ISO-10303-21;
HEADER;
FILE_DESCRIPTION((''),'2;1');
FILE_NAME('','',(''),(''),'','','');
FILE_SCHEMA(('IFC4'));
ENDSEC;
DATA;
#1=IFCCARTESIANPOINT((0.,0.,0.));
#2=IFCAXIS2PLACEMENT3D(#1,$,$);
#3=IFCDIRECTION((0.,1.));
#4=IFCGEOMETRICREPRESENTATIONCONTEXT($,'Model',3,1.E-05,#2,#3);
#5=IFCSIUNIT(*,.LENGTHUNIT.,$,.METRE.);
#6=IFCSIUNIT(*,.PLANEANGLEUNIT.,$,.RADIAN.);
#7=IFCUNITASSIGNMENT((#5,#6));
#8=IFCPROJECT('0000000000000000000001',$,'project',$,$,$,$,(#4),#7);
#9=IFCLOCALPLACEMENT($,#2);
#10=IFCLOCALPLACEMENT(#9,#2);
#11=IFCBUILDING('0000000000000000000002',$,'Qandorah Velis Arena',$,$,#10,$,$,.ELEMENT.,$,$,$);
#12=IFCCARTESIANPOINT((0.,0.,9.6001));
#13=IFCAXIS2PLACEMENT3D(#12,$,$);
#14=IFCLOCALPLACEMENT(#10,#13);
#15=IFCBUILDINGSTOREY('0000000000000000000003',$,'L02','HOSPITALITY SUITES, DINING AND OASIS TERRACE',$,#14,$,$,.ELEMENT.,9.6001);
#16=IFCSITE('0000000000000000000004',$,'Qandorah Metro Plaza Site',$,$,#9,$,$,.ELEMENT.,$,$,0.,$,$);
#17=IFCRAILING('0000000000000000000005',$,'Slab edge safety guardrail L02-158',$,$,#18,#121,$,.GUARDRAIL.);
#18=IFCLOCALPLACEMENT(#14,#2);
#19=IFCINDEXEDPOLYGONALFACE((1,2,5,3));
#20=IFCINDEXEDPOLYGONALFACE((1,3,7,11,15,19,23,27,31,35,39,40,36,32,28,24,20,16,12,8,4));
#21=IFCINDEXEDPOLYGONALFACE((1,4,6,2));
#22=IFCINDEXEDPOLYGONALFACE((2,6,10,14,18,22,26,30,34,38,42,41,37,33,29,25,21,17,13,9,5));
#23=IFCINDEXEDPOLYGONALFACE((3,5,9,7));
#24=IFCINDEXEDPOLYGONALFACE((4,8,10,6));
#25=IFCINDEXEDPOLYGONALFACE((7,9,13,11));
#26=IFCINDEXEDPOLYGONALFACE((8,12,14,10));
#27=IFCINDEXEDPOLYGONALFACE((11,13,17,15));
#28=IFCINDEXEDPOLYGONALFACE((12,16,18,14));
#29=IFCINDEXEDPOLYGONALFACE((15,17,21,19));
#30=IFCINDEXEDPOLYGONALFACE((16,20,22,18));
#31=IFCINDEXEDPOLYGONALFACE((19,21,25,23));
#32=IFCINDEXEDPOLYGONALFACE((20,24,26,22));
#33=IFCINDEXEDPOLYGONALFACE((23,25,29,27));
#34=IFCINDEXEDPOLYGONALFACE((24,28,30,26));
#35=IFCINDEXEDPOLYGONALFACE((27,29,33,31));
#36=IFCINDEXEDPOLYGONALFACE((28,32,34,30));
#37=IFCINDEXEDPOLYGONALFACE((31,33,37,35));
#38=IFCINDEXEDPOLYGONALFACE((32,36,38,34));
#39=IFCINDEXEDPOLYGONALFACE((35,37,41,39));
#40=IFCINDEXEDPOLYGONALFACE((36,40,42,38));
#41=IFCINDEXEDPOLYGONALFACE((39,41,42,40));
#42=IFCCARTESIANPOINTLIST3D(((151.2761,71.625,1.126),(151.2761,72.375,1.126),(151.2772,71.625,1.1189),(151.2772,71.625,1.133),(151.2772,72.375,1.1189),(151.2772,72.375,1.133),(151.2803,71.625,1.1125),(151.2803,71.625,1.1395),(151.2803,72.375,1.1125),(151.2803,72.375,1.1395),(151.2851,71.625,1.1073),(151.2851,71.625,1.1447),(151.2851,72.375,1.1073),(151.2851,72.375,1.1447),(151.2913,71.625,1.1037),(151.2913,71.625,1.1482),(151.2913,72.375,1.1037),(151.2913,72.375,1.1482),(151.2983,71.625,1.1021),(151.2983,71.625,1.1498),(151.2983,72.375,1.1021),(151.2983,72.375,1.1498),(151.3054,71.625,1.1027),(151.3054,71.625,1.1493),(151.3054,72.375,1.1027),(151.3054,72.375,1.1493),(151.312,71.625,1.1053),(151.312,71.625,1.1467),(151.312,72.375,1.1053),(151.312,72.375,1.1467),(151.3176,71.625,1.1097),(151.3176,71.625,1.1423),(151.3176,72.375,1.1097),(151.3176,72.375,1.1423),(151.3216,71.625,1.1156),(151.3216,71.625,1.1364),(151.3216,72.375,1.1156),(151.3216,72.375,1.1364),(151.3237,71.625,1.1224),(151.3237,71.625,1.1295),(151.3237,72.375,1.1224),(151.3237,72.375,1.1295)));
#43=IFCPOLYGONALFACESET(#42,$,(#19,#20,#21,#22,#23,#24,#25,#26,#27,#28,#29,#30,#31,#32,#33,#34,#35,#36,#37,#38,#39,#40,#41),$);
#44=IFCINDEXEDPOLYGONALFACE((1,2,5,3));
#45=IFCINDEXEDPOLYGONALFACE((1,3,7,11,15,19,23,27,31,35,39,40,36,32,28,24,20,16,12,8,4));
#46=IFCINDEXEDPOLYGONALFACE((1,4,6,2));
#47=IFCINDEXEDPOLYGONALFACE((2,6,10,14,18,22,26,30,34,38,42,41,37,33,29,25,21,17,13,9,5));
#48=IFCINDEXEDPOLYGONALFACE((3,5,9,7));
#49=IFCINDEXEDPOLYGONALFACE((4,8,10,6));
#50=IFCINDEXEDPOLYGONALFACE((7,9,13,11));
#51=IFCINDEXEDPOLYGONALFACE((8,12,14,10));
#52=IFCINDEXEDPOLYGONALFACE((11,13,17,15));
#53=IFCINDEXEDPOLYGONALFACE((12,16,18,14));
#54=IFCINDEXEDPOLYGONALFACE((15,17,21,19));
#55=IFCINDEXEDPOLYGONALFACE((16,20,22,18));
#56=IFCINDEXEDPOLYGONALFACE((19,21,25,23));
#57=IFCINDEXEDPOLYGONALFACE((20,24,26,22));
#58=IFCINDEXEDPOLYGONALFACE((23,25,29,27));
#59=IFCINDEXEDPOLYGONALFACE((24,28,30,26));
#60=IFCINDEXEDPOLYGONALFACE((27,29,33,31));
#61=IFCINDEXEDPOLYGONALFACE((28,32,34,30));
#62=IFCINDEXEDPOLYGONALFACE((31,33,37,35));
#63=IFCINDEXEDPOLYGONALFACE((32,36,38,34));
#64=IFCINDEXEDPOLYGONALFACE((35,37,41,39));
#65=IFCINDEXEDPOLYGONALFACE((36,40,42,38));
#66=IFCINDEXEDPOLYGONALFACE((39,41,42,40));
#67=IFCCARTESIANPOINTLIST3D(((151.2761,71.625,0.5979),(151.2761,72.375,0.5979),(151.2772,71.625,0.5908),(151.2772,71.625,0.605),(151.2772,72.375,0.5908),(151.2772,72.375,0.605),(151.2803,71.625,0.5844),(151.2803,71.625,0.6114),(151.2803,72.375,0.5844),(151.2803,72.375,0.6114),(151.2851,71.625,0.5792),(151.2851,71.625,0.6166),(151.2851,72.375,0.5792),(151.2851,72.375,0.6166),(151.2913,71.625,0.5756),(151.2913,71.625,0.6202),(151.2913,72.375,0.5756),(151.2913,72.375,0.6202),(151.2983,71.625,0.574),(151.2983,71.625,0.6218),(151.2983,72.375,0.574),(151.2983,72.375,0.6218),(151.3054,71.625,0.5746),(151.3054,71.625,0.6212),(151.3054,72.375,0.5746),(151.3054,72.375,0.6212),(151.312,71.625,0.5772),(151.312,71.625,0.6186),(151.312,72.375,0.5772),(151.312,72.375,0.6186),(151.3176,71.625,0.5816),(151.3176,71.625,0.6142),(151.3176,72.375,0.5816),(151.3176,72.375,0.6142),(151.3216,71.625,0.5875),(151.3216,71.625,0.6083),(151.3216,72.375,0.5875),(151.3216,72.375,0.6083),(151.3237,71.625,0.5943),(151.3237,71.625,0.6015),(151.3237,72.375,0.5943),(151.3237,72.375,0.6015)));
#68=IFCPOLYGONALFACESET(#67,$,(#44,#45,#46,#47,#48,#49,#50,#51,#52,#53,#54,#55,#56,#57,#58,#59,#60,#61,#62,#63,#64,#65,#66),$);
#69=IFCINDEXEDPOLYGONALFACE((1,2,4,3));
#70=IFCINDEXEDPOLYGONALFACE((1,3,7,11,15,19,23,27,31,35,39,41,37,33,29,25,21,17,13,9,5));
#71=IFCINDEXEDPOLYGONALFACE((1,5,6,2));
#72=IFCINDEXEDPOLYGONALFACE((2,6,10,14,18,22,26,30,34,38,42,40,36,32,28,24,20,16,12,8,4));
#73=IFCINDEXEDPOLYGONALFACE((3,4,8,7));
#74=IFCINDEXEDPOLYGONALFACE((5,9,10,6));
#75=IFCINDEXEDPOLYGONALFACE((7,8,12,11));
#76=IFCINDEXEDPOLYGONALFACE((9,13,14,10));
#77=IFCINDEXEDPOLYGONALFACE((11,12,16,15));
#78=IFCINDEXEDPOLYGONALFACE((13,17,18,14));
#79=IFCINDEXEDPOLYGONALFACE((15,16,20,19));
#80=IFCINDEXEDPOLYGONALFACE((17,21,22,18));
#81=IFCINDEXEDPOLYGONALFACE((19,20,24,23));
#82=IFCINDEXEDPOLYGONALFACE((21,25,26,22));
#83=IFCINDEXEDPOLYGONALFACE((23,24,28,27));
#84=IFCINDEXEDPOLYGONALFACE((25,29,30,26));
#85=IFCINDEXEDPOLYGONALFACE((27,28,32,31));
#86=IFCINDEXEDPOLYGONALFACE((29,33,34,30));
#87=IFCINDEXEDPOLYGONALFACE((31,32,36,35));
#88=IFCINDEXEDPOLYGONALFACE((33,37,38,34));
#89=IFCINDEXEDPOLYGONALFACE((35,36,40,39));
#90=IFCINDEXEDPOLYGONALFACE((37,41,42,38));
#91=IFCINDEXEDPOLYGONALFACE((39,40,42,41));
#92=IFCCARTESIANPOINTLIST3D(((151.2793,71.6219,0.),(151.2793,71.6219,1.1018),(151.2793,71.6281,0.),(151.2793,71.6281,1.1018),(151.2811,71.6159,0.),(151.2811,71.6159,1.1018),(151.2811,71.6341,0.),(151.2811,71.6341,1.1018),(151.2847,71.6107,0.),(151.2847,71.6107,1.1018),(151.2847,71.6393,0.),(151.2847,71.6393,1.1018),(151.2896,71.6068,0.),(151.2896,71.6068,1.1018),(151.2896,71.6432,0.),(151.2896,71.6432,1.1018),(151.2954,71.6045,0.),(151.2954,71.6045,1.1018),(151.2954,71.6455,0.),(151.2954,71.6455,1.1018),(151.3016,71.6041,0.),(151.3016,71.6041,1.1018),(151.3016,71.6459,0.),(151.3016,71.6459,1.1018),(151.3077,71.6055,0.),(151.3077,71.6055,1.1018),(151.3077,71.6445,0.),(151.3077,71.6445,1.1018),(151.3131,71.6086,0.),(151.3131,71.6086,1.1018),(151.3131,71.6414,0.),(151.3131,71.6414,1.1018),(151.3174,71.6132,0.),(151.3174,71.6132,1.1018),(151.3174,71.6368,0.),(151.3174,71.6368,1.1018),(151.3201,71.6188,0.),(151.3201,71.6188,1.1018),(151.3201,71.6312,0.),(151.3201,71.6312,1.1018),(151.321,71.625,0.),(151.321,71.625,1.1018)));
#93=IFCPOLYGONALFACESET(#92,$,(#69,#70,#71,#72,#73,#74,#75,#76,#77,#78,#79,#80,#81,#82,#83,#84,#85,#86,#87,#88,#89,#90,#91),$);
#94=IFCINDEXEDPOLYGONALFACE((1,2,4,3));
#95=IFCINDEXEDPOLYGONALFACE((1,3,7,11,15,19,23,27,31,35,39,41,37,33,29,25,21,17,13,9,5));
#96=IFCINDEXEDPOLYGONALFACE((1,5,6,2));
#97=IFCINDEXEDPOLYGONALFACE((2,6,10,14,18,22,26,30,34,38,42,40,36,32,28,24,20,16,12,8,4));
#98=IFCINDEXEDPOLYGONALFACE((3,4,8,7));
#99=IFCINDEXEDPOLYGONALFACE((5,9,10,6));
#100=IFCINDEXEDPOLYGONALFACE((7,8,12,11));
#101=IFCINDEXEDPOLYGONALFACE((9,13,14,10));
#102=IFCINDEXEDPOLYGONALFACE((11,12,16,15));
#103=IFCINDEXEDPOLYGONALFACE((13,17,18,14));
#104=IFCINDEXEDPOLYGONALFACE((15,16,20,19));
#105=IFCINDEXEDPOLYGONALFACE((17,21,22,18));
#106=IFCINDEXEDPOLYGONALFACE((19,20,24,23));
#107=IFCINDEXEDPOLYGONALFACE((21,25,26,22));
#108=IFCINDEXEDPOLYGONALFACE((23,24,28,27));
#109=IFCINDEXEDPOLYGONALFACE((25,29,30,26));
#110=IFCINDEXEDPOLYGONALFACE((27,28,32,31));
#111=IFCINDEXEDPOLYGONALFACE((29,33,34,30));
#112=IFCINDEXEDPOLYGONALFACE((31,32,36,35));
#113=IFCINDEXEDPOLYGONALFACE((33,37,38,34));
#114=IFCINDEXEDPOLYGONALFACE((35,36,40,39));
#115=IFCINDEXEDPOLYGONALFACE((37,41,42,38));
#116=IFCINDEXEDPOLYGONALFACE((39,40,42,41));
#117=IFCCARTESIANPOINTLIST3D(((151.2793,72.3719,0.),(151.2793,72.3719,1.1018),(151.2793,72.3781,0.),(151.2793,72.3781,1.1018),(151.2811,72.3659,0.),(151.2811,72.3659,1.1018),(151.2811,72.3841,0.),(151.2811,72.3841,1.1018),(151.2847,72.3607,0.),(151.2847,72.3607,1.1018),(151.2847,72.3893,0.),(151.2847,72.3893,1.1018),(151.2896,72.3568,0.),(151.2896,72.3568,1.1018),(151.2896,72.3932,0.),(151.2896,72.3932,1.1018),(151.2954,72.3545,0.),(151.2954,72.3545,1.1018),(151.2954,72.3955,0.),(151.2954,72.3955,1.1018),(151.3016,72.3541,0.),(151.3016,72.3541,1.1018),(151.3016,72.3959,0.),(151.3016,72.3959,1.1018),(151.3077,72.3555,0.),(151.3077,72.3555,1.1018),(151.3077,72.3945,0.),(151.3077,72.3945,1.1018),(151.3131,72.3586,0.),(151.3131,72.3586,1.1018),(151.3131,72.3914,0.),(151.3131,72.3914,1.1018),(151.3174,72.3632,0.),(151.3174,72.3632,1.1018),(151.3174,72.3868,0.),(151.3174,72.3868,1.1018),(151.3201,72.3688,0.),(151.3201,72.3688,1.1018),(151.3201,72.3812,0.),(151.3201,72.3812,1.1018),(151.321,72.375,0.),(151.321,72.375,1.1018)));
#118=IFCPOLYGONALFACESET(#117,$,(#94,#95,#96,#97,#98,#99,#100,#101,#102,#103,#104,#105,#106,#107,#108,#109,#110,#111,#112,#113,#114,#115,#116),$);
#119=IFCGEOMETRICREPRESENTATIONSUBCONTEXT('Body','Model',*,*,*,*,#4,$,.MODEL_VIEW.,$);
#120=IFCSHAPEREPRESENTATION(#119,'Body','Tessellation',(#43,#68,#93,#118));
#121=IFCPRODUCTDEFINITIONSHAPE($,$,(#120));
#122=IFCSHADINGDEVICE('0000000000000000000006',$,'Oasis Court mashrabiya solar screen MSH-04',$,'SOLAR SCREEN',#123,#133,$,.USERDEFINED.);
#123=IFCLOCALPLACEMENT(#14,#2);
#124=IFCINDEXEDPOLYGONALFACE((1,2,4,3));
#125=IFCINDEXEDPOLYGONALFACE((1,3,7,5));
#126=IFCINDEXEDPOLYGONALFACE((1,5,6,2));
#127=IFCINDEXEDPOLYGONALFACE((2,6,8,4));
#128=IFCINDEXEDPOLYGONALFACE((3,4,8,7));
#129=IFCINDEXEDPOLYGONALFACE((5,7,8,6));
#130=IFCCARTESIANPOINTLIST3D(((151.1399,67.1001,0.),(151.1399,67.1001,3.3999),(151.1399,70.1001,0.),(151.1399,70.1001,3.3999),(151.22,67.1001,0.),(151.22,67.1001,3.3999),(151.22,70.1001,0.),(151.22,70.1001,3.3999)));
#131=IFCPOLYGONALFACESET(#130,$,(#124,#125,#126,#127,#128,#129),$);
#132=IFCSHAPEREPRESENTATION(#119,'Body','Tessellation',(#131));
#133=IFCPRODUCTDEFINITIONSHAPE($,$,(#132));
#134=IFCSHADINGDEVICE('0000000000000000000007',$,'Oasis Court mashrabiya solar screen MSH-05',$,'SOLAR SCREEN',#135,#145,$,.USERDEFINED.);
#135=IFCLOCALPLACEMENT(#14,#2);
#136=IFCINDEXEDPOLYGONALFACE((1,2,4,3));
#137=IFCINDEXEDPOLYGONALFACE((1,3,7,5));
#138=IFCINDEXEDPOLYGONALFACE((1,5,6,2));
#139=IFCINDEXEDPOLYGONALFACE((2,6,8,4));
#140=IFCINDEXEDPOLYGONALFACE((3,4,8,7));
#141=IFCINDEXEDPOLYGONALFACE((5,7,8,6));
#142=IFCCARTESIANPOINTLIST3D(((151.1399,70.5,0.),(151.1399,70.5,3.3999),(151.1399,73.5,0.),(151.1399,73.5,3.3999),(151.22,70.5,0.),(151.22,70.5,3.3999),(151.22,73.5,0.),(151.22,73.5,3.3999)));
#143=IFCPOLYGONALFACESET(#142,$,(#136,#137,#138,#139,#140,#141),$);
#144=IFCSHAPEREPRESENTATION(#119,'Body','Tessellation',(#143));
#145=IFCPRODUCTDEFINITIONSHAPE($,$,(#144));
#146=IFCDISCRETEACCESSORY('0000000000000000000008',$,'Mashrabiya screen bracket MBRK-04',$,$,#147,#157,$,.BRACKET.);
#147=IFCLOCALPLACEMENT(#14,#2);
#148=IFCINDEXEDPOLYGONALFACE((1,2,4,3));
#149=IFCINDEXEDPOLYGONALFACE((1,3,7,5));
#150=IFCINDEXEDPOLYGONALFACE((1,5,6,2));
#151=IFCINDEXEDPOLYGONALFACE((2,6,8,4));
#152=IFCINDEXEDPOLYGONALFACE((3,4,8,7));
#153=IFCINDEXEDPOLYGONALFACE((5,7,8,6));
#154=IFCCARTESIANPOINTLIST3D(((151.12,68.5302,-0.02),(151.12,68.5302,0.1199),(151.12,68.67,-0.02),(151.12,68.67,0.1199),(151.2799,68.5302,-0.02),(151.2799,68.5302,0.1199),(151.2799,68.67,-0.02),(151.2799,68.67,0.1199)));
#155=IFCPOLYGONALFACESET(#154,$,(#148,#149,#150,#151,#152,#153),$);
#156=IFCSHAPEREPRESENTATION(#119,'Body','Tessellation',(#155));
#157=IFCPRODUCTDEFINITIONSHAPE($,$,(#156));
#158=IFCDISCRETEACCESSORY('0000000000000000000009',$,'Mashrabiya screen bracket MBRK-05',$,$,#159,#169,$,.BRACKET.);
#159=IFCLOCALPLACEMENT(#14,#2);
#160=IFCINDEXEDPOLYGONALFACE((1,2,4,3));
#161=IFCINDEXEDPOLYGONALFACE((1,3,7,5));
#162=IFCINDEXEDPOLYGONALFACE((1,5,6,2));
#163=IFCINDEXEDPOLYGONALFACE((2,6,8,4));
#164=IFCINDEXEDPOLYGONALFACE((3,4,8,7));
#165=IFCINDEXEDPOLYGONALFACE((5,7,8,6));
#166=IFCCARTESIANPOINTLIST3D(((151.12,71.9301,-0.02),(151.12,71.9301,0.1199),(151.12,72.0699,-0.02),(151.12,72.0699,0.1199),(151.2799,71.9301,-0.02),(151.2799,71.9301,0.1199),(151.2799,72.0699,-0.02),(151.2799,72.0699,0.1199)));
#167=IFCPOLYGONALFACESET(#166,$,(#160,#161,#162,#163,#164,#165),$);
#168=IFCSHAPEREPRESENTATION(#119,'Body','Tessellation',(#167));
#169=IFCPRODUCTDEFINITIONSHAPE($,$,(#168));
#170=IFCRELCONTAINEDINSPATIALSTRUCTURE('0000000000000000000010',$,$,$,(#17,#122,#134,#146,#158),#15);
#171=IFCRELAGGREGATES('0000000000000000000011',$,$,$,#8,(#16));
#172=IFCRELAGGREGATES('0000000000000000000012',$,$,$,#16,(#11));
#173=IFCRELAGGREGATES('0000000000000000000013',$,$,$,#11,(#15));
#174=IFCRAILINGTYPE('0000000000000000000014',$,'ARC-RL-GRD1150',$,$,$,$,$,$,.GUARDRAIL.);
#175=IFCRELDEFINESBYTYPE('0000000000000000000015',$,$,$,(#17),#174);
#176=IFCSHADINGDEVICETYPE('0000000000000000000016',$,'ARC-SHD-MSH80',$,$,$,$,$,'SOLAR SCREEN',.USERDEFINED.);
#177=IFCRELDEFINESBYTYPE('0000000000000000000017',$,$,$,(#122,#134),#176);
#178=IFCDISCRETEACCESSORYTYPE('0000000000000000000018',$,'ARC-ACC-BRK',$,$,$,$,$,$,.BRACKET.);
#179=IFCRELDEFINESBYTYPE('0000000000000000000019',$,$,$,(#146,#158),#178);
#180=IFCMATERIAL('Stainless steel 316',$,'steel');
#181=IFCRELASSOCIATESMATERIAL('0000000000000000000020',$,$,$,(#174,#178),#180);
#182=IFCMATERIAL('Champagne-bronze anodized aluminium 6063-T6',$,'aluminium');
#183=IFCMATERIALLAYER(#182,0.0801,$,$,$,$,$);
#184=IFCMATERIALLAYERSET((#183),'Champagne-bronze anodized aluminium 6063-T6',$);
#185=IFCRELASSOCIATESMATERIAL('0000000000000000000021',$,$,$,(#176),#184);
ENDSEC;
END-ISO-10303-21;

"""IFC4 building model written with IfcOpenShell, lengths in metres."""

from ifc_helpers import new_model, si_unit, direction, frame, origin, origin_2d, place, context, subcontext, project, spatial, rectangle, circle, extrude, material, layer, layer_set, type_object, element, save


model = new_model("IFC4")

# Units and contexts
model_context = context("Model", 3, precision=1e-05, world=origin(), true_north=direction((0.0, 1.0)))
body_context = subcontext(model_context, "Body", "Model", "MODEL_VIEW")
ifc_project = project(units=[si_unit("LENGTHUNIT", "METRE"), si_unit("PLANEANGLEUNIT", "RADIAN")], contexts=[model_context])

# Site, building, storey
site_placement = place(None, origin())
site = spatial("IfcSite", under=ifc_project, at=site_placement, Name="Qandorah Metro Plaza Site", CompositionType="ELEMENT", RefElevation=0.0)
building_placement = place(site_placement, origin())
building = spatial("IfcBuilding", under=site, at=building_placement, Name="Qandorah Velis Arena", CompositionType="ELEMENT")
storey_placement = place(building_placement, frame((0.0, 0.0, 9.6001)))
storey = spatial("IfcBuildingStorey", under=building, at=storey_placement, Name="L02", Description="HOSPITALITY SUITES, DINING AND OASIS TERRACE", CompositionType="ELEMENT", Elevation=9.6001)

# Shared definitions
ifc_material_1 = material(Name="Champagne-bronze anodized aluminium 6063-T6", Category="aluminium")

# Railing
ifc_material_2 = material(Name="Stainless steel 316", Category="steel")
railing_type = type_object("IfcRailingType", Name="ARC-RL-GRD1150", PredefinedType="GUARDRAIL", material=ifc_material_2)
railing_placement = place(storey_placement, frame((151.3, 71.625, 0.0)))
element("IfcRailing", 1, at=railing_placement, inside=storey, type_object=railing_type, Name="Slab edge safety guardrail L02-158", PredefinedType="GUARDRAIL", context=body_context, shape_type="SweptSolid", body=[
    extrude(circle(Radius=0.0239, at=origin_2d()), frame((0.0, 0.0, 1.126), z_axis=(0.0, 1.0, 0.0), x_axis=(-1.0, 0.0, 0.0)), (0.0, 0.0, 1.0), 0.75),
    extrude(circle(Radius=0.0239, at=origin_2d()), frame((0.0, 0.0, 0.5979), z_axis=(0.0, 1.0, 0.0), x_axis=(-1.0, 0.0, 0.0)), (0.0, 0.0, 1.0), 0.75),
    extrude(circle(Radius=0.021, at=origin_2d()), origin(), (0.0, 0.0, 1.0), 1.1018),
    extrude(circle(Radius=0.021, at=origin_2d()), frame((0.0, 0.75, 0.0)), (0.0, 0.0, 1.0), 1.1018),
])

# Shading devices
ifc_layer_1 = layer(ifc_material_1, 0.0801)
ifc_layer_set_1 = layer_set([ifc_layer_1], Name="Champagne-bronze anodized aluminium 6063-T6")
shading_device_type = type_object("IfcShadingDeviceType", Name="ARC-SHD-MSH80", ElementType="SOLAR SCREEN", PredefinedType="USERDEFINED", material=ifc_layer_set_1)
for number, where, z_axis, x_axis, name in (
    (2, (151.1799, 68.6001, 0.0), (0.0, 0.0, 1.0), (1.0, 0.0, 0.0), "Oasis Court mashrabiya solar screen MSH-04"),
    (3, (151.1799, 72.0, 0.0), (0.0, 0.0, 1.0), (1.0, 0.0, 0.0), "Oasis Court mashrabiya solar screen MSH-05"),
):
    element("IfcShadingDevice", number, at=place(storey_placement, frame(where, z_axis=z_axis, x_axis=x_axis)), inside=storey, type_object=shading_device_type, Name=name, ObjectType="SOLAR SCREEN", PredefinedType="USERDEFINED", context=body_context, shape_type="SweptSolid", body=[
        extrude(rectangle(XDim=0.0801, YDim=3.0, at=origin_2d()), origin(), (0.0, 0.0, 1.0), 3.3999),
    ])

# Discrete accessories
discrete_accessory_type = type_object("IfcDiscreteAccessoryType", Name="ARC-ACC-BRK", PredefinedType="BRACKET", material=ifc_material_2)
for number, where, z_axis, x_axis, name in (
    (4, (151.2, 68.6001, -0.02), (0.0, 0.0, 1.0), (1.0, 0.0, 0.0), "Mashrabiya screen bracket MBRK-04"),
    (5, (151.2, 72.0, -0.02), (0.0, 0.0, 1.0), (1.0, 0.0, 0.0), "Mashrabiya screen bracket MBRK-05"),
):
    element("IfcDiscreteAccessory", number, at=place(storey_placement, frame(where, z_axis=z_axis, x_axis=x_axis)), inside=storey, type_object=discrete_accessory_type, Name=name, PredefinedType="BRACKET", context=body_context, shape_type="SweptSolid", body=[
        extrude(rectangle(XDim=0.1599, YDim=0.1399, at=origin_2d()), origin(), (0.0, 0.0, 1.0), 0.1399),
    ])

save(model, "model.ifc")
